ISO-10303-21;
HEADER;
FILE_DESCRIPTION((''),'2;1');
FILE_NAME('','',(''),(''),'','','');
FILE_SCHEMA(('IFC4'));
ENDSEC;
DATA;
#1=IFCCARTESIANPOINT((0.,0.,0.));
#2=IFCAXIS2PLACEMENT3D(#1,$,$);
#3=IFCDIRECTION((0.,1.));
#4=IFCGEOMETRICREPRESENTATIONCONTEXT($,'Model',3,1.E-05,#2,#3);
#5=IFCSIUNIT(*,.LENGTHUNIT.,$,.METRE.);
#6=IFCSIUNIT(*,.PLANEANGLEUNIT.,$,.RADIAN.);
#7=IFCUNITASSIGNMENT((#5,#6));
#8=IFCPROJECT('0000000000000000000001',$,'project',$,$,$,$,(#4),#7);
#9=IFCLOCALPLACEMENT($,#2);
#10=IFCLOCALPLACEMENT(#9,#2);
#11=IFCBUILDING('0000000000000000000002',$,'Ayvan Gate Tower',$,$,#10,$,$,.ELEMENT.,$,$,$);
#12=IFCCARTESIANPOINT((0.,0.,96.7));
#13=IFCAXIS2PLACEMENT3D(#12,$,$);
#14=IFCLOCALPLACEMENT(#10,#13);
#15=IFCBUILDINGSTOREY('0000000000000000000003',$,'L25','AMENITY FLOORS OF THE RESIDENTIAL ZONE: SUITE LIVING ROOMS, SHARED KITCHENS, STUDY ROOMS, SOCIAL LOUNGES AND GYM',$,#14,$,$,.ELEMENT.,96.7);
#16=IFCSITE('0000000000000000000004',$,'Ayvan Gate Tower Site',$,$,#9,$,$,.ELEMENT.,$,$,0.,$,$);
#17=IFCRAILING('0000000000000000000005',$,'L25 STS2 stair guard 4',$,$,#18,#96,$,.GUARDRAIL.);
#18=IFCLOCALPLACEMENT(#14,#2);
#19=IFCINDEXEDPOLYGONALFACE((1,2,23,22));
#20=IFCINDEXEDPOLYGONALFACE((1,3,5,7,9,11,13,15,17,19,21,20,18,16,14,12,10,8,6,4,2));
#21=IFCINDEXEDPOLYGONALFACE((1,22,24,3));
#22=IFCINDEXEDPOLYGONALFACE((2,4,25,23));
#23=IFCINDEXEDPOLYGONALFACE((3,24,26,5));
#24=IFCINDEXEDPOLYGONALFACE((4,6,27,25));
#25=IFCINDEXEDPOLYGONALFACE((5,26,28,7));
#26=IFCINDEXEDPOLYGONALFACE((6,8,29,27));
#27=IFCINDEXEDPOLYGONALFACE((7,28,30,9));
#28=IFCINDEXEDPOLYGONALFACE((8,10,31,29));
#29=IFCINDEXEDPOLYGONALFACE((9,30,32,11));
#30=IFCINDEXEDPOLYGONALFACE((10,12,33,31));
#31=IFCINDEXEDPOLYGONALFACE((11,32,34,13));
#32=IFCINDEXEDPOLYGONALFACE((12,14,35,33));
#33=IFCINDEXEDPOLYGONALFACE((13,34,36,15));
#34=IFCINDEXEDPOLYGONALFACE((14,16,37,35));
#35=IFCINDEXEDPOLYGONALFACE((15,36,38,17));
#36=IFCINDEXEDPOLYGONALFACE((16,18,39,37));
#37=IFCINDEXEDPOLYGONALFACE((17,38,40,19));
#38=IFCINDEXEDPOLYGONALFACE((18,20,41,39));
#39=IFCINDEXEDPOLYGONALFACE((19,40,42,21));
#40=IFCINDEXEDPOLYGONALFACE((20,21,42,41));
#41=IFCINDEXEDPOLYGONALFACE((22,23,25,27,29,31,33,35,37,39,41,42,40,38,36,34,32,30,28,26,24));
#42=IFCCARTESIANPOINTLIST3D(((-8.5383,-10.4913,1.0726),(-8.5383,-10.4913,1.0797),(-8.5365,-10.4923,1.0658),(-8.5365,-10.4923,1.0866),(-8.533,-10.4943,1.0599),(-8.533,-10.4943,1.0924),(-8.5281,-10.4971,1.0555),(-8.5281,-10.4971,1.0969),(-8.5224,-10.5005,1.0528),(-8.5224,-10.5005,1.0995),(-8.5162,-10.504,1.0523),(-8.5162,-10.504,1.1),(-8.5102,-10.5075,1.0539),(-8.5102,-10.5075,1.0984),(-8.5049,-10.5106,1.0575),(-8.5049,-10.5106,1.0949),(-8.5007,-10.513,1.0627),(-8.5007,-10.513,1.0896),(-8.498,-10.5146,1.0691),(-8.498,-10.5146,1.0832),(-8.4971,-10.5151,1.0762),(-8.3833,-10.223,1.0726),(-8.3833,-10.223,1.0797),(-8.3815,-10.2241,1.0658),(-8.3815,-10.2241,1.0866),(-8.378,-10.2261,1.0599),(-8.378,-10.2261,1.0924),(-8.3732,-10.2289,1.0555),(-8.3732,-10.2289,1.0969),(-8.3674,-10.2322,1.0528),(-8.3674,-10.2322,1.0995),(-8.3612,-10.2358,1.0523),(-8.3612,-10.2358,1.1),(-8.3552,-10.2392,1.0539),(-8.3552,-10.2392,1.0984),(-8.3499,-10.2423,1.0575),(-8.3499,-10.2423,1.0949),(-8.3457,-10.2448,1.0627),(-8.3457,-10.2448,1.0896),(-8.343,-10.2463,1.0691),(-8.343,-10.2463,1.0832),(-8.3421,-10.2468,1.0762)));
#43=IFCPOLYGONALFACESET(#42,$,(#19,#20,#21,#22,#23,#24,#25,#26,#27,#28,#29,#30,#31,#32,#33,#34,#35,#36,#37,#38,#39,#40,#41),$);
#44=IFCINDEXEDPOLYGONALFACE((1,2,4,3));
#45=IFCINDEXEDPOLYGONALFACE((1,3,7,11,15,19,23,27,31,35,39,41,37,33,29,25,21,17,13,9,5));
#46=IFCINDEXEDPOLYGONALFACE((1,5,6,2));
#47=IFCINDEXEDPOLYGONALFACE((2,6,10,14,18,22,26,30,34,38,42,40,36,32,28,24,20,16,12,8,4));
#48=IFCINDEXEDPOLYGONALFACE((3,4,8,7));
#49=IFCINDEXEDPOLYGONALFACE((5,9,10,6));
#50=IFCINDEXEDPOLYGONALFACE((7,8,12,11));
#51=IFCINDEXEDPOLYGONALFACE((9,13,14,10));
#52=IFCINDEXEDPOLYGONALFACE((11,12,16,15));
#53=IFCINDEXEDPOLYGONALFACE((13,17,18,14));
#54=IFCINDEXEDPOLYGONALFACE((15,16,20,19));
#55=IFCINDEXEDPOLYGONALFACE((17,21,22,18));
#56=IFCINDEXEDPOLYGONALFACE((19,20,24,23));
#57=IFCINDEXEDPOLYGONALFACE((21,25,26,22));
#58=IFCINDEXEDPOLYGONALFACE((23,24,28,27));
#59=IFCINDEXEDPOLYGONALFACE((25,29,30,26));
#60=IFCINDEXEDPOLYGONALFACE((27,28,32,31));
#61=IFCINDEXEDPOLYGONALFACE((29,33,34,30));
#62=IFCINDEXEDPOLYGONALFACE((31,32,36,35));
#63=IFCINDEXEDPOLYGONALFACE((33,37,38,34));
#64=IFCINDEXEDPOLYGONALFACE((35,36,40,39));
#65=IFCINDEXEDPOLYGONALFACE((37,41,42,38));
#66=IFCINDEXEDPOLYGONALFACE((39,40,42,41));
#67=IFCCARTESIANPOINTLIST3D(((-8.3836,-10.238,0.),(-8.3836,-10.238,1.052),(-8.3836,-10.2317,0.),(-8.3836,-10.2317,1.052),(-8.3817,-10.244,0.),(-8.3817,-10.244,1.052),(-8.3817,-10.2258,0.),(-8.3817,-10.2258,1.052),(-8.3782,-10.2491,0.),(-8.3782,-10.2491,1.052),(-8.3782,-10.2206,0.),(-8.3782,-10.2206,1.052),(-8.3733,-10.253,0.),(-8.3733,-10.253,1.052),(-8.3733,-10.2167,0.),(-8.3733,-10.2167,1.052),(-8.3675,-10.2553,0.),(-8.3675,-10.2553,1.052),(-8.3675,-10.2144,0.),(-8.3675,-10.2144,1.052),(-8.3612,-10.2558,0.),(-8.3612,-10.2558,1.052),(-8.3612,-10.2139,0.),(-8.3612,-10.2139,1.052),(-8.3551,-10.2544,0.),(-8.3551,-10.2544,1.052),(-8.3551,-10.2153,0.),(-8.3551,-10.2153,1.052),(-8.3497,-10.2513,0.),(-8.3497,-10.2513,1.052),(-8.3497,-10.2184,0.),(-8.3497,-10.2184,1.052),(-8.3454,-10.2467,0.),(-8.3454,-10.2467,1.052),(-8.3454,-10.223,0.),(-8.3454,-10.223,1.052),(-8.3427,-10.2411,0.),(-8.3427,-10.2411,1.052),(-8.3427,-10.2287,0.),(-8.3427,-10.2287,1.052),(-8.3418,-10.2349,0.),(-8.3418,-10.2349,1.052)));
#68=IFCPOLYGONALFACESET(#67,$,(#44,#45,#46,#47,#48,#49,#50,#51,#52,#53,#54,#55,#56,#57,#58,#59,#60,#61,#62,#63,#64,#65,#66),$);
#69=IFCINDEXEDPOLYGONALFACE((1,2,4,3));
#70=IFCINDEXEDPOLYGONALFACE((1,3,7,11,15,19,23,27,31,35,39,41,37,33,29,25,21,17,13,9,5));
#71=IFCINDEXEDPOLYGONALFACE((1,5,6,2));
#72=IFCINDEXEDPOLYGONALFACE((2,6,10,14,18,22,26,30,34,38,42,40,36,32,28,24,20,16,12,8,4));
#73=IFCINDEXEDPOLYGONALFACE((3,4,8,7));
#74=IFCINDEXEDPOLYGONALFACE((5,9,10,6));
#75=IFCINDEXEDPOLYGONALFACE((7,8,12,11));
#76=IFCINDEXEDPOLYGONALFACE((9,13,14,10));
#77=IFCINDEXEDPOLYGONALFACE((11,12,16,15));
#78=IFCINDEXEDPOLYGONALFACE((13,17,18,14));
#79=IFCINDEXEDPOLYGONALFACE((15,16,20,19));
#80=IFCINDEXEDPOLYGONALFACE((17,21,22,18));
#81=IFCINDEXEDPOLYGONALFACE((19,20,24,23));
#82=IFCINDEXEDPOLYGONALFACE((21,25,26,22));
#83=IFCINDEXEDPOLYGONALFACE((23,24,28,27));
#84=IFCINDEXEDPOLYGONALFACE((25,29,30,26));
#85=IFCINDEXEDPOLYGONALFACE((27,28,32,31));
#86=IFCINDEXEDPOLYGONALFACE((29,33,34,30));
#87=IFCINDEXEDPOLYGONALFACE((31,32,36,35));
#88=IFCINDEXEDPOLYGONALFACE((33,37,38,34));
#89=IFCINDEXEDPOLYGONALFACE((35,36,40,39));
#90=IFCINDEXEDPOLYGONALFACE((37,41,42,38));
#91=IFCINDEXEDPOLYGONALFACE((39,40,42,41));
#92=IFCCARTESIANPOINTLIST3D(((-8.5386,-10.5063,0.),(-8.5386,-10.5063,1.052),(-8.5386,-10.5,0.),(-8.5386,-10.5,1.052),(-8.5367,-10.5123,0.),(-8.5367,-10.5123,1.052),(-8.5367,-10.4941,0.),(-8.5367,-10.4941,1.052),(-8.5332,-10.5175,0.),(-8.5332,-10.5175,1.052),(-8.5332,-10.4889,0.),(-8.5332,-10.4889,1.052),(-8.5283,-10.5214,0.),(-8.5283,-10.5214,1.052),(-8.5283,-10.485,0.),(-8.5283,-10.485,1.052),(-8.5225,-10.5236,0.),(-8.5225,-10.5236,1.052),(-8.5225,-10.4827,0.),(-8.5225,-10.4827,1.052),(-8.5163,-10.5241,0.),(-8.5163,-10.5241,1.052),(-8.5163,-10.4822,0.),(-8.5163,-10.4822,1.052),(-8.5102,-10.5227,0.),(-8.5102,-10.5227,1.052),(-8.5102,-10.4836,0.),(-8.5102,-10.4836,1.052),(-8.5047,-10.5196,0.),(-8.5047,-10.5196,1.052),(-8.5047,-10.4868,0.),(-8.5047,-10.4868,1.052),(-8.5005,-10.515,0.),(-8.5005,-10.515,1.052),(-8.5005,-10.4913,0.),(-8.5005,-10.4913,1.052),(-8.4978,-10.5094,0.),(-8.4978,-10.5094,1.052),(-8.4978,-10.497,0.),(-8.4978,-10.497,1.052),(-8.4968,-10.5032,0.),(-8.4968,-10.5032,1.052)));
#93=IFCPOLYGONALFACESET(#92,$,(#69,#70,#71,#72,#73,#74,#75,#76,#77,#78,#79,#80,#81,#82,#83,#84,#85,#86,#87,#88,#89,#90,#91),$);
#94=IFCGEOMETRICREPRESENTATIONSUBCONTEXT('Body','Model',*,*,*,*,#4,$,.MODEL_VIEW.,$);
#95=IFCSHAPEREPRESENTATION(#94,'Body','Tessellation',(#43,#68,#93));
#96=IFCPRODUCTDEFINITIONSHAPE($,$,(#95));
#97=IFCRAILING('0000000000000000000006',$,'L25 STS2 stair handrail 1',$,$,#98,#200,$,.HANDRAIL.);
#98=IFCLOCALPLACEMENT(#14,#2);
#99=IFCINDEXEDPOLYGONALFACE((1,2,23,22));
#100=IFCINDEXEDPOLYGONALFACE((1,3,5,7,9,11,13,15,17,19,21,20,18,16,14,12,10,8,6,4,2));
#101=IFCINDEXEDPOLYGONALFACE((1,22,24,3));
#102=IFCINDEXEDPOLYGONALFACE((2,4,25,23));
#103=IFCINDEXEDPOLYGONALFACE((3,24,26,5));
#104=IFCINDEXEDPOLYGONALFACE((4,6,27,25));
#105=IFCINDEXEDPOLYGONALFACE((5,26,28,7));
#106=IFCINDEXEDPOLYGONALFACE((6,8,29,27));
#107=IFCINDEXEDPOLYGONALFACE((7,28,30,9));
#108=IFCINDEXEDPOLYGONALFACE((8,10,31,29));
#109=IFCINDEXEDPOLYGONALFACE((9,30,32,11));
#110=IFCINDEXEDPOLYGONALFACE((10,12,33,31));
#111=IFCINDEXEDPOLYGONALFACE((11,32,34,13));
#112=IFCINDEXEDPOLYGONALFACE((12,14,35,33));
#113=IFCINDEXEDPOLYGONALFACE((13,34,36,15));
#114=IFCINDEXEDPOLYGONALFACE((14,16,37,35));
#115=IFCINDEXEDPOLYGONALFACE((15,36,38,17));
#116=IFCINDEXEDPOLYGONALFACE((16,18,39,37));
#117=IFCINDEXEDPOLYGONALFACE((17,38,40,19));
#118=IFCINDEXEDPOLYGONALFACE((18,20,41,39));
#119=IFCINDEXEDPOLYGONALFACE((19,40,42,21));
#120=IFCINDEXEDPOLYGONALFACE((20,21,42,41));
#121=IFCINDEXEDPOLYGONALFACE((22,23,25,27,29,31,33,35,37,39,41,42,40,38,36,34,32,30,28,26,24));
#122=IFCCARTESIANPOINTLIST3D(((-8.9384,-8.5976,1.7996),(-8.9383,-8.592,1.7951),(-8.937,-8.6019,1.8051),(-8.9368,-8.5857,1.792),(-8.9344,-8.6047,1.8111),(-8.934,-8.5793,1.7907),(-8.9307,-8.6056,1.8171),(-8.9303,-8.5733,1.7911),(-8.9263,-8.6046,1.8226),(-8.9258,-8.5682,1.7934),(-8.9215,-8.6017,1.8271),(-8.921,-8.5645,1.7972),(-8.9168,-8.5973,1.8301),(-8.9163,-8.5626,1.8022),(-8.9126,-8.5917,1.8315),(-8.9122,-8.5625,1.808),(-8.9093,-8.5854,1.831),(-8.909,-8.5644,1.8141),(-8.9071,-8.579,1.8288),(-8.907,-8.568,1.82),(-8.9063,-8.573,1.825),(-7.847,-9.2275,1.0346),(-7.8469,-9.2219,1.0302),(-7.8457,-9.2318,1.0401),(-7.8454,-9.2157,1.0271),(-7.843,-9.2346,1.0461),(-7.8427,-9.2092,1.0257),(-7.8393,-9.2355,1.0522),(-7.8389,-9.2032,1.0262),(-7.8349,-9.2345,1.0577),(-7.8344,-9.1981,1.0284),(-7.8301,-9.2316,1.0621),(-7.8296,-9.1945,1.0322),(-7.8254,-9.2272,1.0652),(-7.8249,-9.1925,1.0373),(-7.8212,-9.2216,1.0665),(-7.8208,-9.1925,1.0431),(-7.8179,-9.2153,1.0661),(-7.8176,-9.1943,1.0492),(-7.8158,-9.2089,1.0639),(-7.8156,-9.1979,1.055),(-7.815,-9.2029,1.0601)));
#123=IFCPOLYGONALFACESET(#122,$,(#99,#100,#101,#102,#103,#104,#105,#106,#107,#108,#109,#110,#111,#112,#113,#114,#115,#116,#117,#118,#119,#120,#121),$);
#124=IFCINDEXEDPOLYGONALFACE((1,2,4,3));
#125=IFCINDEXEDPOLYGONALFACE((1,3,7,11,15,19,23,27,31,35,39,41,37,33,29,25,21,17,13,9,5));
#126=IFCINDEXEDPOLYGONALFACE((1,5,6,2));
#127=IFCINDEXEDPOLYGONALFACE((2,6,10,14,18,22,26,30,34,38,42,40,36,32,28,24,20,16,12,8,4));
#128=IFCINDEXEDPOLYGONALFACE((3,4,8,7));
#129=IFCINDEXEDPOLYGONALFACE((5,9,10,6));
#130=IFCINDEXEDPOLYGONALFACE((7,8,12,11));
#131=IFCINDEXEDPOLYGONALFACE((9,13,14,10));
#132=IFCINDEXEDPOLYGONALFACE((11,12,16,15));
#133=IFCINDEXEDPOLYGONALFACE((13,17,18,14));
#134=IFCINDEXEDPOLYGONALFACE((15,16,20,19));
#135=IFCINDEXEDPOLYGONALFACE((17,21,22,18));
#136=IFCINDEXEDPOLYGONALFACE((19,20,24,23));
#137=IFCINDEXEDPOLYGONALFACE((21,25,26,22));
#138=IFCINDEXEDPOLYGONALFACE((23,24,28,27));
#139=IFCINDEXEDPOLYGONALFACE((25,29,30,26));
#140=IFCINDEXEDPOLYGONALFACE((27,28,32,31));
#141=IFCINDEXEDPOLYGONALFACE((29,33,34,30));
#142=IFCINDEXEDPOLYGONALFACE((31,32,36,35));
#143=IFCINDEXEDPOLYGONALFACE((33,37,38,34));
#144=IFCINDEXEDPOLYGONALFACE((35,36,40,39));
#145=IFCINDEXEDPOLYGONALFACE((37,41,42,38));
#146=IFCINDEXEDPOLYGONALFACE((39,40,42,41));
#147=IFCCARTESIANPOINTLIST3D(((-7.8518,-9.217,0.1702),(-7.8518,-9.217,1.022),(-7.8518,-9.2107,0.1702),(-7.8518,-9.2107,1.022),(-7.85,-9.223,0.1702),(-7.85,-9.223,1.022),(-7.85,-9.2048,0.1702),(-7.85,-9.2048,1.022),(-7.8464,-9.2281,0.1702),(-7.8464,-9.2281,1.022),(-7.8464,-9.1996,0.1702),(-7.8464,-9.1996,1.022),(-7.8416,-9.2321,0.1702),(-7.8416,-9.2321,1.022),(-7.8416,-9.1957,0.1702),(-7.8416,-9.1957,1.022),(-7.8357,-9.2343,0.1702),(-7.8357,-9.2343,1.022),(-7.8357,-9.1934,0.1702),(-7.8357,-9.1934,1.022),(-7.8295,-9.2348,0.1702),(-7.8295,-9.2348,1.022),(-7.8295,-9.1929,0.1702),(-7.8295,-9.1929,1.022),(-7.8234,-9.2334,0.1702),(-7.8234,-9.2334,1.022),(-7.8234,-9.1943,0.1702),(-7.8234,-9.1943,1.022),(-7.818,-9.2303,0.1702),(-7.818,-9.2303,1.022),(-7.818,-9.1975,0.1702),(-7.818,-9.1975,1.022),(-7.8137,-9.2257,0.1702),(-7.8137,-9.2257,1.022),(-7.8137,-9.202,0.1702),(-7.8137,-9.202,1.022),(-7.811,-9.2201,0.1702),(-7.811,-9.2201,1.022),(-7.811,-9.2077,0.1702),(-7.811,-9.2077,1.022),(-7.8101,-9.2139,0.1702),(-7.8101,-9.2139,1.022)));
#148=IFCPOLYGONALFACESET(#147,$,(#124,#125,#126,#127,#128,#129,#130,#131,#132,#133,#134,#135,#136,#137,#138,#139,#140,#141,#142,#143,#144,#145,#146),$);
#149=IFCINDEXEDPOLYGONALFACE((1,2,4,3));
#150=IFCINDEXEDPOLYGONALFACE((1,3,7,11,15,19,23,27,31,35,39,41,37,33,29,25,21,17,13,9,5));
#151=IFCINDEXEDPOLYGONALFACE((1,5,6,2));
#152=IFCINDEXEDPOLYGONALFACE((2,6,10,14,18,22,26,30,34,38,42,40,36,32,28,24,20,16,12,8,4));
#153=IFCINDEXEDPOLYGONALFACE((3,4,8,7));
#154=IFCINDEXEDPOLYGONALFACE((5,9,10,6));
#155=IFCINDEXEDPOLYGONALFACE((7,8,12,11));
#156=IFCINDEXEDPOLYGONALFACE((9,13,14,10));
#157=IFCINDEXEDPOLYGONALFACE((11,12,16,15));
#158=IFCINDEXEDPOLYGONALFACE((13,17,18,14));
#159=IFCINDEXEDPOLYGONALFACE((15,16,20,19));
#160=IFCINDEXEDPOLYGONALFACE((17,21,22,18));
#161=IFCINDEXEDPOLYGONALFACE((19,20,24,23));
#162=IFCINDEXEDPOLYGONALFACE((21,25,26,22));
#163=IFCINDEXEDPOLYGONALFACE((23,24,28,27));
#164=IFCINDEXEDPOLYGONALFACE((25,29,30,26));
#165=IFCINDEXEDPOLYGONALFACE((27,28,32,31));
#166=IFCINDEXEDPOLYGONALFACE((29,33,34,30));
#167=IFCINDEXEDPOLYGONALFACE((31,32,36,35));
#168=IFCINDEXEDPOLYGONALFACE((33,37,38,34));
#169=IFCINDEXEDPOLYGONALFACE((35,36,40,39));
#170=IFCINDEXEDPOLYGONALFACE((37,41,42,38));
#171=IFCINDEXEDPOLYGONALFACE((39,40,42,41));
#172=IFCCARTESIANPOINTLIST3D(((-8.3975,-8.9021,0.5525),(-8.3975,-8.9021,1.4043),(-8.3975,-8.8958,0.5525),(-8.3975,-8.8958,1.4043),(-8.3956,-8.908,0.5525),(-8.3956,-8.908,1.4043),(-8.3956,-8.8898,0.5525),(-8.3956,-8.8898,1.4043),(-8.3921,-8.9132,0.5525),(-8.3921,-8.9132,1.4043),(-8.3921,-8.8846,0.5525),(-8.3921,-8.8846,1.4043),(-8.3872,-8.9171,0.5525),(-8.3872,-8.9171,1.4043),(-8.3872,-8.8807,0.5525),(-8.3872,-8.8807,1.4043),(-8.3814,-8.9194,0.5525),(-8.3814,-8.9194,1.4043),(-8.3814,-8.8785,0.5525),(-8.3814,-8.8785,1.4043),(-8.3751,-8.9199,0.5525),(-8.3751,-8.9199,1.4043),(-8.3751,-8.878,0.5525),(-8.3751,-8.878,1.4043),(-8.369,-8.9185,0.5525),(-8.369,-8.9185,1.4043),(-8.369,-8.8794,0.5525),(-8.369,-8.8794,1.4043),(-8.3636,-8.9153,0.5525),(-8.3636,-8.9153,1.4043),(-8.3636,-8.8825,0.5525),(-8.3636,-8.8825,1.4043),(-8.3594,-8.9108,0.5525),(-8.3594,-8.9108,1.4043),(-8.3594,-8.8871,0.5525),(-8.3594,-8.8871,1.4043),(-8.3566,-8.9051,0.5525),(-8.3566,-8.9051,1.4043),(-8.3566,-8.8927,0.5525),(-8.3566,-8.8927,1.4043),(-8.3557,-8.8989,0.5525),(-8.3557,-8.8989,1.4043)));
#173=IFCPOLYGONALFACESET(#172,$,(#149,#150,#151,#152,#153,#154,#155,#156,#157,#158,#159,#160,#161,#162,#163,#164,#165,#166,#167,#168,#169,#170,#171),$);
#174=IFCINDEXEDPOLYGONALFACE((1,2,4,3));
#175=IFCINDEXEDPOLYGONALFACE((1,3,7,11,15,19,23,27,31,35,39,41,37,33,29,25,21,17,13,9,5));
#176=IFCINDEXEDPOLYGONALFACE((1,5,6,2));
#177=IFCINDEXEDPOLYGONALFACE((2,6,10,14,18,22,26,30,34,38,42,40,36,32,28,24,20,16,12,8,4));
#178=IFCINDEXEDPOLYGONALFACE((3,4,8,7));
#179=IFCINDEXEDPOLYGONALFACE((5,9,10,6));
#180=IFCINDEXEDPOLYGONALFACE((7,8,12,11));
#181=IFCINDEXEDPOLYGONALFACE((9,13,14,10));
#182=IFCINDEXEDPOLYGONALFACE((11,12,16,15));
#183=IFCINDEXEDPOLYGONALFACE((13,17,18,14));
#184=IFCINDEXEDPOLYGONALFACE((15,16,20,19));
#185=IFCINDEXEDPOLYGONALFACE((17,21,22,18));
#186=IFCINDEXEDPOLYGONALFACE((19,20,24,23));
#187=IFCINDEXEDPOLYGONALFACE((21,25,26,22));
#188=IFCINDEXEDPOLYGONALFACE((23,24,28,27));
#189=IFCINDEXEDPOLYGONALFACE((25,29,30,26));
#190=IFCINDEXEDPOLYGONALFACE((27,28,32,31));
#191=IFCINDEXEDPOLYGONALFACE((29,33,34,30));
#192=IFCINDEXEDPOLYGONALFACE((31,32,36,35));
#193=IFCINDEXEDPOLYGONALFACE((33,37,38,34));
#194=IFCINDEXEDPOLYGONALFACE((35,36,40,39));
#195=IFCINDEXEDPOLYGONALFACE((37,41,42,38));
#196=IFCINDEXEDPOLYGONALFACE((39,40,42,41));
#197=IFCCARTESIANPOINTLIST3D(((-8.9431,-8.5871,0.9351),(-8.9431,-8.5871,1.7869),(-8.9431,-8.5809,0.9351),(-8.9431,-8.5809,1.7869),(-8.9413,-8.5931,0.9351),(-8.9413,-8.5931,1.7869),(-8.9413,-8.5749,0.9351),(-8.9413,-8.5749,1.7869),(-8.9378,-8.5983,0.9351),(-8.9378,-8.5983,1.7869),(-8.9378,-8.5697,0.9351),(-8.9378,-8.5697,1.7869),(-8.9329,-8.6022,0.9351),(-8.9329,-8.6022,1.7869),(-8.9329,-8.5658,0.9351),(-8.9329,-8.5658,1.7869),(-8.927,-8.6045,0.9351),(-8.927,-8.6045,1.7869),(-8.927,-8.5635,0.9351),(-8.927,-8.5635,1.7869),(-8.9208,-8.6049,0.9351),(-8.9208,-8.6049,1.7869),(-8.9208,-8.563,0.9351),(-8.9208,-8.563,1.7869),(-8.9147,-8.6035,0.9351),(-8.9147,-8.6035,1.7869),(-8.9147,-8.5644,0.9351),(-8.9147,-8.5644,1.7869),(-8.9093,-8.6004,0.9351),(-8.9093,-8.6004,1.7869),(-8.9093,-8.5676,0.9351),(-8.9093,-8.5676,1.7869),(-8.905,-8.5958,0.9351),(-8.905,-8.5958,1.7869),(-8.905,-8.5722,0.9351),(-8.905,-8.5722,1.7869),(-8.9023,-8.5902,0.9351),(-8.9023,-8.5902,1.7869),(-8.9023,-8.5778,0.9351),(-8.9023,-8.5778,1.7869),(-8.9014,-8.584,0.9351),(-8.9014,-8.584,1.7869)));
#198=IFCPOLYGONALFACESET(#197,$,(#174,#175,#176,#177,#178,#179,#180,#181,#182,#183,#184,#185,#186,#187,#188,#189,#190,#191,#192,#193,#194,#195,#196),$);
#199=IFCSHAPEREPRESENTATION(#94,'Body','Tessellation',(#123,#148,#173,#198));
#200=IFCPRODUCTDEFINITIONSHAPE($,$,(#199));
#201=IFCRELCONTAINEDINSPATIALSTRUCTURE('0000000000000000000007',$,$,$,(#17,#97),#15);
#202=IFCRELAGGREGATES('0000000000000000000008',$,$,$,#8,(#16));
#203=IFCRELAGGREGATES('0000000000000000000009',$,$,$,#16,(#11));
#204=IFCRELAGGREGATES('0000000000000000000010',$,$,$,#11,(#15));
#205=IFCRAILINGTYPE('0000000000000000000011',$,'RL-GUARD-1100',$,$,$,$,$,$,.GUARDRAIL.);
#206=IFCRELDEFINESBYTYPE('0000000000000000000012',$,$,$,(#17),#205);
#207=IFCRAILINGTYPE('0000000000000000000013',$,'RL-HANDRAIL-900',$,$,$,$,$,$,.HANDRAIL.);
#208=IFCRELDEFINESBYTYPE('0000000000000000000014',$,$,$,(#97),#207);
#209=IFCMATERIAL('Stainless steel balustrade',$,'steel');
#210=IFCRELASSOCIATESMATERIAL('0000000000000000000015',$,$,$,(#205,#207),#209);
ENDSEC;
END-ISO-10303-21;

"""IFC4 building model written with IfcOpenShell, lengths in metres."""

from ifc_helpers import new_model, si_unit, direction, frame, origin, origin_2d, place, context, subcontext, project, spatial, circle, extrude, material, type_object, element, save


model = new_model("IFC4")

# Units and contexts
model_context = context("Model", 3, precision=1e-05, world=origin(), true_north=direction((0.0, 1.0)))
body_context = subcontext(model_context, "Body", "Model", "MODEL_VIEW")
ifc_project = project(units=[si_unit("LENGTHUNIT", "METRE"), si_unit("PLANEANGLEUNIT", "RADIAN")], contexts=[model_context])

# Site, building, storey
site_placement = place(None, origin())
site = spatial("IfcSite", under=ifc_project, at=site_placement, Name="Ayvan Gate Tower Site", CompositionType="ELEMENT", RefElevation=0.0)
building_placement = place(site_placement, origin())
building = spatial("IfcBuilding", under=site, at=building_placement, Name="Ayvan Gate Tower", CompositionType="ELEMENT")
storey_placement = place(building_placement, frame((0.0, 0.0, 96.7)))
storey = spatial("IfcBuildingStorey", under=building, at=storey_placement, Name="L25", Description="AMENITY FLOORS OF THE RESIDENTIAL ZONE: SUITE LIVING ROOMS, SHARED KITCHENS, STUDY ROOMS, SOCIAL LOUNGES AND GYM", CompositionType="ELEMENT", Elevation=96.7)

# Railings
ifc_material_1 = material(Name="Stainless steel balustrade", Category="steel")
railing_type_1 = type_object("IfcRailingType", Name="RL-GUARD-1100", PredefinedType="GUARDRAIL", material=ifc_material_1)
railing_1_placement = place(storey_placement, frame((-8.3628, -10.2349, 0.0)))
element("IfcRailing", 1, at=railing_1_placement, inside=storey, type_object=railing_type_1, Name="L25 STS2 stair guard 4", PredefinedType="GUARDRAIL", context=body_context, shape_type="SweptSolid", body=[
    extrude(circle(Radius=0.0239, at=origin_2d()), frame((0.0, 0.0, 1.0762), z_axis=(-0.500291, -0.865857, 0.0), x_axis=(0.865857, -0.500291, 0.0)), (0.0, 0.0, 1.0), 0.3098),
    extrude(circle(Radius=0.021, at=origin_2d()), origin(), (0.0, 0.0, 1.0), 1.052),
    extrude(circle(Radius=0.021, at=origin_2d()), frame((-0.155, -0.2683, 0.0)), (0.0, 0.0, 1.0), 1.052),
])
railing_type_2 = type_object("IfcRailingType", Name="RL-HANDRAIL-900", PredefinedType="HANDRAIL", material=ifc_material_1)
railing_2_placement = place(storey_placement, frame((-7.8311, -9.2139, 0.1702)))
element("IfcRailing", 2, at=railing_2_placement, inside=storey, type_object=railing_type_2, Name="L25 STS2 stair handrail 1", PredefinedType="HANDRAIL", context=body_context, shape_type="SweptSolid", body=[
    extrude(circle(Radius=0.0239, at=origin_2d()), frame((0.0, 0.0, 0.876), z_axis=(-0.740357, 0.42732, 0.518912), x_axis=(-0.49989, -0.866089, 0.0)), (0.0, 0.0, 1.0), 1.4741),
    extrude(circle(Radius=0.021, at=origin_2d()), origin(), (0.0, 0.0, 1.0), 0.8518),
    extrude(circle(Radius=0.021, at=origin_2d()), frame((-0.5457, 0.3149, 0.3823)), (0.0, 0.0, 1.0), 0.8518),
    extrude(circle(Radius=0.021, at=origin_2d()), frame((-1.0913, 0.6299, 0.7649)), (0.0, 0.0, 1.0), 0.8518),
])

save(model, "model.ifc")
